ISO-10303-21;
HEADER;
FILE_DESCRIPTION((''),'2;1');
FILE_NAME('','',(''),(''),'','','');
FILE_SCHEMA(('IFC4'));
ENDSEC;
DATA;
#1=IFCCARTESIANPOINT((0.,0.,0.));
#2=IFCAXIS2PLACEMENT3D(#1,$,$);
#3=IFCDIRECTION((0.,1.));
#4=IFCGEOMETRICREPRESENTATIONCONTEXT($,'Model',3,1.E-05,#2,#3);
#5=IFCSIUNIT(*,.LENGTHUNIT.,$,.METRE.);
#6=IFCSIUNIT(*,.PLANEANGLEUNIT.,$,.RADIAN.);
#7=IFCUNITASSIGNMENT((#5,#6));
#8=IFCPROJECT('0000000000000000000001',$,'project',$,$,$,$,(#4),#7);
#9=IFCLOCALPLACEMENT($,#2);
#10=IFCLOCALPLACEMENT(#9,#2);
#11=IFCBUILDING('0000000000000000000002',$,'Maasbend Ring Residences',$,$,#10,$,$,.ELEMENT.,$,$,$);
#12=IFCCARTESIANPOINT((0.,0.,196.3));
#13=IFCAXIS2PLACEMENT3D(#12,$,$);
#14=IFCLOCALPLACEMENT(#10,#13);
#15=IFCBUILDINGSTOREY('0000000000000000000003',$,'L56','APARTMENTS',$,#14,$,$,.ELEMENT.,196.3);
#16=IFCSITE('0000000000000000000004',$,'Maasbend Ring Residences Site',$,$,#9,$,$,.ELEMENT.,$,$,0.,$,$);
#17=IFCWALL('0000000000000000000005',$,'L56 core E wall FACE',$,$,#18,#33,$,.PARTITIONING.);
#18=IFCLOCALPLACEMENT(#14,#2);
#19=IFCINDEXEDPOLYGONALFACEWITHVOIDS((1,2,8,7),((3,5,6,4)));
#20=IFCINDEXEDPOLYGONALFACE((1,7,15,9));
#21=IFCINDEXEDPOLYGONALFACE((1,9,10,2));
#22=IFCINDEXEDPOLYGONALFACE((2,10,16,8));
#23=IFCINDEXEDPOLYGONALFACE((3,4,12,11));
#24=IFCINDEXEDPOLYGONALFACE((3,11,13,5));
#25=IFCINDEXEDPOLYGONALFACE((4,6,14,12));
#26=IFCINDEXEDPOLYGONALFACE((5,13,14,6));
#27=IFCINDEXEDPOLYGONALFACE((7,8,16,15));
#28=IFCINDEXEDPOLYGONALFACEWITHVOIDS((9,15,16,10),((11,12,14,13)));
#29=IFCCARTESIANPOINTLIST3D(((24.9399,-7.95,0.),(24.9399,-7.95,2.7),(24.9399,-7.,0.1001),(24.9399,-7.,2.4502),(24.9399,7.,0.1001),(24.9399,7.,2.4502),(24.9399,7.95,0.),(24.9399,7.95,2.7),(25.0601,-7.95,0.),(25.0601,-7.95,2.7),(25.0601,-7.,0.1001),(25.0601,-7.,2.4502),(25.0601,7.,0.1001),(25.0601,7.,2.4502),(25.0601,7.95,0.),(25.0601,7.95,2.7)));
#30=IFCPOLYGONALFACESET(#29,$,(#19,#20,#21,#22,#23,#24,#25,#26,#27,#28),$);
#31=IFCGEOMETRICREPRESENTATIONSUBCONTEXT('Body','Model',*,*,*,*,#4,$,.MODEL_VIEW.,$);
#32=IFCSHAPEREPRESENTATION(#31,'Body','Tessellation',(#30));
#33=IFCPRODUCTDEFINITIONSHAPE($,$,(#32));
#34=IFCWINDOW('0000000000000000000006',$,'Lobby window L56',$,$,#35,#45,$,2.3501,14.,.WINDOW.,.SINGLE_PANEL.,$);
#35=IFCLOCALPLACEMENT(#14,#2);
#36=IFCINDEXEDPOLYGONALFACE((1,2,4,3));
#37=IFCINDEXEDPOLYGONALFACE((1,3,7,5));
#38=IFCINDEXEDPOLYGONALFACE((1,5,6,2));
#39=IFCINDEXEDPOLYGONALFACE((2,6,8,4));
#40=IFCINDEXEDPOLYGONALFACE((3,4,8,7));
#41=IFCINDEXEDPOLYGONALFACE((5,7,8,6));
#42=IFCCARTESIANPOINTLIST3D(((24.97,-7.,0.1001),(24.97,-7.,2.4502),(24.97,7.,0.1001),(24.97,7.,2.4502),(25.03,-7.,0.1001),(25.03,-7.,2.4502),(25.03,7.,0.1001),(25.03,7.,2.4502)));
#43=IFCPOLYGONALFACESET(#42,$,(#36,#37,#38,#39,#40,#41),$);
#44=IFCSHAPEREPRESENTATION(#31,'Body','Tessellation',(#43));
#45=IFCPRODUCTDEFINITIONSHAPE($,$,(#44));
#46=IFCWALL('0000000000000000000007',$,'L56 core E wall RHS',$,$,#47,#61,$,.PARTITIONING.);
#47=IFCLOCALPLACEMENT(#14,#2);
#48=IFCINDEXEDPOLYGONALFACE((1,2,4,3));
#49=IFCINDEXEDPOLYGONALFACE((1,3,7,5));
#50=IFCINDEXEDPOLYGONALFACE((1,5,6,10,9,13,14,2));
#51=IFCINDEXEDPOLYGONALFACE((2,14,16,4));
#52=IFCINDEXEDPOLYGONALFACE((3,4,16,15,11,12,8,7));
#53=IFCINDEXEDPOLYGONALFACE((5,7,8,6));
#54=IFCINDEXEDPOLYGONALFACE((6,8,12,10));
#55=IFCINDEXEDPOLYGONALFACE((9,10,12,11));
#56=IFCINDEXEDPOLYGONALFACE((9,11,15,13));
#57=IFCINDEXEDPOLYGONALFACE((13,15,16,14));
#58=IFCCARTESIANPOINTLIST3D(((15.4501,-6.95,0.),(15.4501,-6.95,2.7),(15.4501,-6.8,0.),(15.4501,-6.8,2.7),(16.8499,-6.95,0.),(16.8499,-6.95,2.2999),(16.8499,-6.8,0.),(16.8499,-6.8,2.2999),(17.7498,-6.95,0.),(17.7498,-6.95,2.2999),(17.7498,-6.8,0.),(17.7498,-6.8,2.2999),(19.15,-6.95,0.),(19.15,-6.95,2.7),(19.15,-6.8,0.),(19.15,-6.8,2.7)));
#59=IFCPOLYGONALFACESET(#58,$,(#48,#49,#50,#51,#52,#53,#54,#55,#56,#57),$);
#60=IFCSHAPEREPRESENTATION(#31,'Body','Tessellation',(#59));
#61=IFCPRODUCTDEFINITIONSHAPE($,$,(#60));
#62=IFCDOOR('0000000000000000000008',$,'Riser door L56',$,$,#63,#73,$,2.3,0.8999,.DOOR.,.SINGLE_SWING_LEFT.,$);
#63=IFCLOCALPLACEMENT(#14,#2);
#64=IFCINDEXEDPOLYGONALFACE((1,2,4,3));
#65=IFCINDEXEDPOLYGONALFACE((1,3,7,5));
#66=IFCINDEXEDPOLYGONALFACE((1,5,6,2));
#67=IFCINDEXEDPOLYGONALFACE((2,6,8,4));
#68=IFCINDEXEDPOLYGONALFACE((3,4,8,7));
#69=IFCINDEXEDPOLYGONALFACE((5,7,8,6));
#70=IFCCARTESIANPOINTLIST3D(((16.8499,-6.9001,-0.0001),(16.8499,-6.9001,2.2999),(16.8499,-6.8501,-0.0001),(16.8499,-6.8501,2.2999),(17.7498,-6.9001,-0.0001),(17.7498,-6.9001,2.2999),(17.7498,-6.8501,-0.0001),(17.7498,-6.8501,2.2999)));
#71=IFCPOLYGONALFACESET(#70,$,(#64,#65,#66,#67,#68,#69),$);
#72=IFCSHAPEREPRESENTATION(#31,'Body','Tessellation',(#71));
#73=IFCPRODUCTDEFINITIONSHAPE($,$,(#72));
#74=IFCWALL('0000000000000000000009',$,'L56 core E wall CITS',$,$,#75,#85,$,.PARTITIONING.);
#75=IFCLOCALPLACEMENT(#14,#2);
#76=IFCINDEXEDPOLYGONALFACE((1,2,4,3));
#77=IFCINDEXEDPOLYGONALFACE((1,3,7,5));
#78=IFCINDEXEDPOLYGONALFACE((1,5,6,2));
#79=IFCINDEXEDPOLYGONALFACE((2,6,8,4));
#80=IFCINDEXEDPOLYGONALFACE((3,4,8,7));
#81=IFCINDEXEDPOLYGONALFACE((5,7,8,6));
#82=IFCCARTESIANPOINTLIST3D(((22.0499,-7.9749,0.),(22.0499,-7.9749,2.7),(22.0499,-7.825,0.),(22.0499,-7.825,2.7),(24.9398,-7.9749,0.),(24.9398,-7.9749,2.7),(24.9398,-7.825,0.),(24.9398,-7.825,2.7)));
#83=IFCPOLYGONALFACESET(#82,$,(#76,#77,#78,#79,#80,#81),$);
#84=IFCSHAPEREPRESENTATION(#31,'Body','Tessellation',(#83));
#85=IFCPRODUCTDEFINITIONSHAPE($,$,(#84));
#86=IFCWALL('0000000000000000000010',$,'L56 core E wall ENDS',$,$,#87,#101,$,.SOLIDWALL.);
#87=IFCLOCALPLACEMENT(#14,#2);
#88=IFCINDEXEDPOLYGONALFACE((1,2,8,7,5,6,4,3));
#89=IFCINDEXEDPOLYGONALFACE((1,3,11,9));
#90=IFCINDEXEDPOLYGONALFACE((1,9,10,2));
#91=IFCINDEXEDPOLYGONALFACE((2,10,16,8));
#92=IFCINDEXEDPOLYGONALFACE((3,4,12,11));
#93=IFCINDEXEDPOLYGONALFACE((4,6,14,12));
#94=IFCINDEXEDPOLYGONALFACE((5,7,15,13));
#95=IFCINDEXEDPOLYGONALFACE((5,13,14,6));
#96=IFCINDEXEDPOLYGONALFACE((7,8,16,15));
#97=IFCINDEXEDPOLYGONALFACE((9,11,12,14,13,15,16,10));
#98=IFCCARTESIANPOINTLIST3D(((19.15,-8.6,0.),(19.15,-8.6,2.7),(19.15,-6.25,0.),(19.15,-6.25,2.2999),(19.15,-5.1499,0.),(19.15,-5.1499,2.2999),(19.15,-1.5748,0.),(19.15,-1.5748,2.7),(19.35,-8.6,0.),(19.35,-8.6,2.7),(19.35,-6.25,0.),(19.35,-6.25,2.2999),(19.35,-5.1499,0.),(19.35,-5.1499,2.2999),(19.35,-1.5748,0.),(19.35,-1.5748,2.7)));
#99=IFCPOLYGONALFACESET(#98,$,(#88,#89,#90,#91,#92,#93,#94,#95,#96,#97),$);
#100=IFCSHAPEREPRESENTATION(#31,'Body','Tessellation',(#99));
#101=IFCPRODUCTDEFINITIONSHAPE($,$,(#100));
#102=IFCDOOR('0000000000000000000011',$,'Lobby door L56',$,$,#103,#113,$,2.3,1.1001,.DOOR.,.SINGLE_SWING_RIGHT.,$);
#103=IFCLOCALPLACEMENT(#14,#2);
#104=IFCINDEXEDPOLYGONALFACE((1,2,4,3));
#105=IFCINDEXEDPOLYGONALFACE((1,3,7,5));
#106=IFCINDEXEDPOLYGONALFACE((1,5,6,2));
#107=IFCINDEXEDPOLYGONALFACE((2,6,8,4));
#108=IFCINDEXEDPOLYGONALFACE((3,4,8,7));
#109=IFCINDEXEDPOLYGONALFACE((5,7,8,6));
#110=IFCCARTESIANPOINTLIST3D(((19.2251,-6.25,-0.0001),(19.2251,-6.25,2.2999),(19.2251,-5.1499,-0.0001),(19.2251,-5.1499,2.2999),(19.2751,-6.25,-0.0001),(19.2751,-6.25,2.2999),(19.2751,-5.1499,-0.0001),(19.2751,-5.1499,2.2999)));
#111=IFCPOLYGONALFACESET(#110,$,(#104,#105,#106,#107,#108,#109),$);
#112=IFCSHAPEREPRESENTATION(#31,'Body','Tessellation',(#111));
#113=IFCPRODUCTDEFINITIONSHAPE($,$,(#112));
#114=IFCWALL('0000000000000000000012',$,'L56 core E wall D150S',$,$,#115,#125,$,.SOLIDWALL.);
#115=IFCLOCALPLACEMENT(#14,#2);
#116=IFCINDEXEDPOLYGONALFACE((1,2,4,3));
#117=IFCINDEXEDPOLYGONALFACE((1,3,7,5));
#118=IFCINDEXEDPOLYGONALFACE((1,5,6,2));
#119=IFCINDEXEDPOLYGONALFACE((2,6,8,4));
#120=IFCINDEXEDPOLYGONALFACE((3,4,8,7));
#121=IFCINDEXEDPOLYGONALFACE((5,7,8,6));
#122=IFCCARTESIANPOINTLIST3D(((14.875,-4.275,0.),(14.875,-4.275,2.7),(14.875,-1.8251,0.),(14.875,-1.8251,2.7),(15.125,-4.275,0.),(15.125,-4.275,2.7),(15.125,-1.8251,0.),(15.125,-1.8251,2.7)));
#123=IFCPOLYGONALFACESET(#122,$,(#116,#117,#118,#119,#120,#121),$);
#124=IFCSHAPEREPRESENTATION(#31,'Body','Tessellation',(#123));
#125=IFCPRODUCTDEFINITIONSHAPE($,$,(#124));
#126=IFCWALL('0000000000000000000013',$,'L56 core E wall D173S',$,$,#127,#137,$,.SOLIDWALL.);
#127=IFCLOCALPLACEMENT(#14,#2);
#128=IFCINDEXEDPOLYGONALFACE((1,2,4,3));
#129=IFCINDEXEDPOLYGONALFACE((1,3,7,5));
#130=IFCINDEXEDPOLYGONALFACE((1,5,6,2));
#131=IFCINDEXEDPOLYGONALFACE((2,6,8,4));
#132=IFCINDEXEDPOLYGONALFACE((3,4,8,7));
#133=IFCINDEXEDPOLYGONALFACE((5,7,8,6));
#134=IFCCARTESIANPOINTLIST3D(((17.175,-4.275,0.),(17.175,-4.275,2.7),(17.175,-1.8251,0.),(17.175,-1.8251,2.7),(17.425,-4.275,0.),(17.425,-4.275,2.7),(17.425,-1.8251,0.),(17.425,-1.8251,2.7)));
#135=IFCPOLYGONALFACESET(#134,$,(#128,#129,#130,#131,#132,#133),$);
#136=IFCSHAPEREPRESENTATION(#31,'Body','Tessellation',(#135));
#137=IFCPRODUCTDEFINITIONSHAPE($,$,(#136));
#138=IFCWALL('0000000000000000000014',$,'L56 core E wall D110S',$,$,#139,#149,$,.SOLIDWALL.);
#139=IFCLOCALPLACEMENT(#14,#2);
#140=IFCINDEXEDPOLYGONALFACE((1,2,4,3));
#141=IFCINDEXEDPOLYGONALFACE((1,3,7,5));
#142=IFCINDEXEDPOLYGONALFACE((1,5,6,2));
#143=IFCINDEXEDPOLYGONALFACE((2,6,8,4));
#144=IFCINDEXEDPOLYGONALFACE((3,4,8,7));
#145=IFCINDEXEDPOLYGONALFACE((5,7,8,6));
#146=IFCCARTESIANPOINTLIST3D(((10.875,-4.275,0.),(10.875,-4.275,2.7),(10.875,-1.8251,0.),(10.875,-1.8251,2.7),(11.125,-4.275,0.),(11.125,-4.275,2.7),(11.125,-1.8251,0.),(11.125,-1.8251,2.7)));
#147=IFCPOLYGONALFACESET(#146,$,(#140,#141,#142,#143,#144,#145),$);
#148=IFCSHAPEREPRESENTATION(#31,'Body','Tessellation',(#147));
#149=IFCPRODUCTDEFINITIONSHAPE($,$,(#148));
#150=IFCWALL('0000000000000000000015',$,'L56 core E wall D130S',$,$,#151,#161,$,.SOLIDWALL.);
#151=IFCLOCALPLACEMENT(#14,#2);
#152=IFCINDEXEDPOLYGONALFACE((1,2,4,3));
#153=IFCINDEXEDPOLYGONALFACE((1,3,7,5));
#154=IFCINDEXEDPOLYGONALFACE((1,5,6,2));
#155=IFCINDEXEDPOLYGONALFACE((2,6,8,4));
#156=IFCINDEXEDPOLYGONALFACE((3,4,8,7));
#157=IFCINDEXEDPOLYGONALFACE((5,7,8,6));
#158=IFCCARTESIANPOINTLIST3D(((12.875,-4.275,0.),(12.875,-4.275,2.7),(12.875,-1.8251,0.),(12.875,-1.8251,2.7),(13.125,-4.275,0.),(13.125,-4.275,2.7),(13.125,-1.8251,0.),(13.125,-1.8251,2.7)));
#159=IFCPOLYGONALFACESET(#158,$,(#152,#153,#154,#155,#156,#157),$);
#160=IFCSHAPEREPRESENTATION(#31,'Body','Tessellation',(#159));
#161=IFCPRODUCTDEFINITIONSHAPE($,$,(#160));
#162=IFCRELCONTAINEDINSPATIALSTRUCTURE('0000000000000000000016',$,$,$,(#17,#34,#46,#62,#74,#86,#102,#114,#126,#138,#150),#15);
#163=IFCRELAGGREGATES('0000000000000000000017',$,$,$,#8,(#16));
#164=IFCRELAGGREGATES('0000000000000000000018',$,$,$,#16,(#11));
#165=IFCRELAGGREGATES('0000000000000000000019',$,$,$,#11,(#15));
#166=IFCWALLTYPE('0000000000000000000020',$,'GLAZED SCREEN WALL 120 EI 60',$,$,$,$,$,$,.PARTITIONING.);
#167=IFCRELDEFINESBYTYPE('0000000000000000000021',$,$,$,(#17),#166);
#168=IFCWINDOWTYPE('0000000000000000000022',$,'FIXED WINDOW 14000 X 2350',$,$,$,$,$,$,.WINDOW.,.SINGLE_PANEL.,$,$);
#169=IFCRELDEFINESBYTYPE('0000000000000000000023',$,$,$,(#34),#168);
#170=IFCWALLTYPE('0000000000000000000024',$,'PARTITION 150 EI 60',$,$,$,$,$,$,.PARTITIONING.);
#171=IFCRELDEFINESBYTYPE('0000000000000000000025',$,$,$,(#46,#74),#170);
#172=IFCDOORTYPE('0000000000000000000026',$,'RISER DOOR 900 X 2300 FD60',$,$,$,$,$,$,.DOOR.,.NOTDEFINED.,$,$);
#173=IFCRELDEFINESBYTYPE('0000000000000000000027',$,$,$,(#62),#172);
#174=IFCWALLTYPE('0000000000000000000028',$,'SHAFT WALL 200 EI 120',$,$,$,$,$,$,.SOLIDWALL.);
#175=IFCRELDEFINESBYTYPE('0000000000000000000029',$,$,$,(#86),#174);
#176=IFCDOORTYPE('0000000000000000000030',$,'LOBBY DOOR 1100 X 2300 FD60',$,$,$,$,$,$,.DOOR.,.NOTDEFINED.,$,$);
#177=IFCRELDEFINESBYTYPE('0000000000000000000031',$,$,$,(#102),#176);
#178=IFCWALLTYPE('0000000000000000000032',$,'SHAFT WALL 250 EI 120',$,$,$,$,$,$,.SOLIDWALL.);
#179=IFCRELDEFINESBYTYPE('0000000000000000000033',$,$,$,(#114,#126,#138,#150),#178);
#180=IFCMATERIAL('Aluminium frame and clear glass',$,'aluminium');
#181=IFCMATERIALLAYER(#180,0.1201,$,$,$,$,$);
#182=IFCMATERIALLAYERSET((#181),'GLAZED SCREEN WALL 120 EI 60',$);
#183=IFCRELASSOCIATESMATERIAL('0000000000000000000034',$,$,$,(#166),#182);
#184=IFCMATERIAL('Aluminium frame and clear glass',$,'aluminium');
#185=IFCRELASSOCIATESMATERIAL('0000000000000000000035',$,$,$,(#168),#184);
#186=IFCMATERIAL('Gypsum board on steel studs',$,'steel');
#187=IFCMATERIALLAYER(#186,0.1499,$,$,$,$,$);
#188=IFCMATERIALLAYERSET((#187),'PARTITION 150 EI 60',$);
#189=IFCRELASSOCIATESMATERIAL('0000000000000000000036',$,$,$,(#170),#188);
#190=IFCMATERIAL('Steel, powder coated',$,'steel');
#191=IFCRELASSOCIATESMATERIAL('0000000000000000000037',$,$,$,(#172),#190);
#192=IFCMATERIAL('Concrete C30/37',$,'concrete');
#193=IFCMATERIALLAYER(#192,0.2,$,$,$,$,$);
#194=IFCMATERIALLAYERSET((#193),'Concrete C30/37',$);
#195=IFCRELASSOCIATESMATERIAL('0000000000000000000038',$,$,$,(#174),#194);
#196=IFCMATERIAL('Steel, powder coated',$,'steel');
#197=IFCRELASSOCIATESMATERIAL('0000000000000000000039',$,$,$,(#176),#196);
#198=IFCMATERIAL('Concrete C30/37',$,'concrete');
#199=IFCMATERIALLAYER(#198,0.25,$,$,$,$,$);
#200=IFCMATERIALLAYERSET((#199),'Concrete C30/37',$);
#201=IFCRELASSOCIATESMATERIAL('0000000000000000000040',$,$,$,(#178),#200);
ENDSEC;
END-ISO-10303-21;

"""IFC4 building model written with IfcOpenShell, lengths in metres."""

from ifc_helpers import new_model, si_unit, direction, frame, frame_2d, origin, place, context, subcontext, project, spatial, rectangle, extrude, material, layer, layer_set, type_object, element, fill, save


model = new_model("IFC4")

# Units and contexts
model_context = context("Model", 3, precision=1e-05, world=origin(), true_north=direction((0.0, 1.0)))
body_context = subcontext(model_context, "Body", "Model", "MODEL_VIEW")
ifc_project = project(units=[si_unit("LENGTHUNIT", "METRE"), si_unit("PLANEANGLEUNIT", "RADIAN")], contexts=[model_context])

# Site, building, storey
site_placement = place(None, origin())
site = spatial("IfcSite", under=ifc_project, at=site_placement, Name="Maasbend Ring Residences Site", CompositionType="ELEMENT", RefElevation=0.0)
building_placement = place(site_placement, origin())
building = spatial("IfcBuilding", under=site, at=building_placement, Name="Maasbend Ring Residences", CompositionType="ELEMENT")
storey_placement = place(building_placement, frame((0.0, 0.0, 196.3)))
storey = spatial("IfcBuildingStorey", under=building, at=storey_placement, Name="L56", Description="APARTMENTS", CompositionType="ELEMENT", Elevation=196.3)

# Wall, opening, window
ifc_material_1 = material(Name="Aluminium frame and clear glass", Category="aluminium")
ifc_layer_1 = layer(ifc_material_1, 0.1201)
ifc_layer_set_1 = layer_set([ifc_layer_1], Name="GLAZED SCREEN WALL 120 EI 60")
wall_type_1 = type_object("IfcWallType", Name="GLAZED SCREEN WALL 120 EI 60", PredefinedType="PARTITIONING", material=ifc_layer_set_1)
wall_1_placement = place(storey_placement, frame((25.0, -7.95, 0.0), z_axis=(0.0, 0.0, 1.0), x_axis=(0.0, 1.0, 0.0)))
wall_1 = element("IfcWall", 1, at=wall_1_placement, inside=storey, type_object=wall_type_1, Name="L56 core E wall FACE", PredefinedType="PARTITIONING", context=body_context, shape_type="SweptSolid", body=[
    extrude(rectangle(XDim=15.8999, YDim=0.1201, at=frame_2d((7.95, 0.0))), origin(), (0.0, 0.0, 1.0), 2.7),
])
opening_1_placement = place(wall_1_placement, frame((0.95, 0.0, 0.1001)))
opening_1 = element("IfcOpeningElement", 2, at=opening_1_placement, cuts=wall_1, PredefinedType="OPENING", context=body_context, shape_type="SweptSolid", body=[
    extrude(rectangle(XDim=14.0, YDim=2.3501, at=frame_2d((7.0, 1.175))), frame((0.0, 0.0701, 0.0), z_axis=(0.0, -1.0, 0.0), x_axis=(1.0, 0.0, 0.0)), (0.0, 0.0, 1.0), 0.1401),
])
ifc_material_2 = material(Name="Aluminium frame and clear glass", Category="aluminium")
window_type = type_object("IfcWindowType", Name="FIXED WINDOW 14000 X 2350", PartitioningType="SINGLE_PANEL", PredefinedType="WINDOW", material=ifc_material_2)
window_placement = place(opening_1_placement, origin())
window = element("IfcWindow", 3, at=window_placement, inside=storey, type_object=window_type, Name="Lobby window L56", OverallHeight=2.3501, OverallWidth=14.0, PartitioningType="SINGLE_PANEL", PredefinedType="WINDOW", context=body_context, shape_type="SweptSolid", body=[
    extrude(rectangle(XDim=14.0, YDim=2.3501, at=frame_2d((7.0, 1.175))), frame((0.0, 0.03, 0.0), z_axis=(0.0, -1.0, 0.0), x_axis=(1.0, 0.0, 0.0)), (0.0, 0.0, 1.0), 0.0601),
])
fill(opening_1, window)

# Wall, opening, door
ifc_material_3 = material(Name="Gypsum board on steel studs", Category="steel")
ifc_layer_2 = layer(ifc_material_3, 0.1499)
ifc_layer_set_2 = layer_set([ifc_layer_2], Name="PARTITION 150 EI 60")
wall_type_2 = type_object("IfcWallType", Name="PARTITION 150 EI 60", PredefinedType="PARTITIONING", material=ifc_layer_set_2)
wall_2_placement = place(storey_placement, frame((15.45, -6.875, 0.0), z_axis=(0.0, 0.0, 1.0), x_axis=(1.0, 0.0, 0.0)))
wall_2 = element("IfcWall", 4, at=wall_2_placement, inside=storey, type_object=wall_type_2, Name="L56 core E wall RHS", PredefinedType="PARTITIONING", context=body_context, shape_type="SweptSolid", body=[
    extrude(rectangle(XDim=3.7, YDim=0.1499, at=frame_2d((1.8501, 0.0))), origin(), (0.0, 0.0, 1.0), 2.7),
])
opening_2_placement = place(wall_2_placement, frame((1.3999, 0.0, 0.0)))
opening_2 = element("IfcOpeningElement", 5, at=opening_2_placement, cuts=wall_2, PredefinedType="OPENING", context=body_context, shape_type="SweptSolid", body=[
    extrude(rectangle(XDim=0.8999, YDim=2.3, at=frame_2d((0.45, 1.1499))), frame((0.0, 0.085, 0.0), z_axis=(0.0, -1.0, 0.0), x_axis=(1.0, 0.0, 0.0)), (0.0, 0.0, 1.0), 0.1699),
])
ifc_material_4 = material(Name="Steel, powder coated", Category="steel")
door_type_1 = type_object("IfcDoorType", Name="RISER DOOR 900 X 2300 FD60", OperationType="NOTDEFINED", PredefinedType="DOOR", material=ifc_material_4)
door_1_placement = place(opening_2_placement, origin())
door_1 = element("IfcDoor", 6, at=door_1_placement, inside=storey, type_object=door_type_1, Name="Riser door L56", OperationType="SINGLE_SWING_LEFT", OverallHeight=2.3, OverallWidth=0.8999, PredefinedType="DOOR", context=body_context, shape_type="SweptSolid", body=[
    extrude(rectangle(XDim=0.8999, YDim=2.3, at=frame_2d((0.45, 1.1499))), frame((0.0, 0.0249, 0.0), z_axis=(0.0, -1.0, 0.0), x_axis=(1.0, 0.0, 0.0)), (0.0, 0.0, 1.0), 0.05),
])
fill(opening_2, door_1)

# Wall
wall_3_placement = place(storey_placement, frame((22.05, -7.8999, 0.0), z_axis=(0.0, 0.0, 1.0), x_axis=(1.0, 0.0, 0.0)))
element("IfcWall", 7, at=wall_3_placement, inside=storey, type_object=wall_type_2, Name="L56 core E wall CITS", PredefinedType="PARTITIONING", context=body_context, shape_type="SweptSolid", body=[
    extrude(rectangle(XDim=2.8899, YDim=0.1499, at=frame_2d((1.4448, 0.0))), origin(), (0.0, 0.0, 1.0), 2.7),
])

# Wall, opening, door
ifc_material_5 = material(Name="Concrete C30/37", Category="concrete")
ifc_layer_3 = layer(ifc_material_5, 0.2)
ifc_layer_set_3 = layer_set([ifc_layer_3], Name="Concrete C30/37")
wall_type_3 = type_object("IfcWallType", Name="SHAFT WALL 200 EI 120", PredefinedType="SOLIDWALL", material=ifc_layer_set_3)
wall_4_placement = place(storey_placement, frame((19.25, -8.6001, 0.0), z_axis=(0.0, 0.0, 1.0), x_axis=(0.0, 1.0, 0.0)))
wall_4 = element("IfcWall", 8, at=wall_4_placement, inside=storey, type_object=wall_type_3, Name="L56 core E wall ENDS", PredefinedType="SOLIDWALL", context=body_context, shape_type="SweptSolid", body=[
    extrude(rectangle(XDim=7.0251, YDim=0.2, at=frame_2d((3.5127, 0.0))), origin(), (0.0, 0.0, 1.0), 2.7),
])
opening_3_placement = place(wall_4_placement, frame((2.3501, 0.0, 0.0)))
opening_3 = element("IfcOpeningElement", 9, at=opening_3_placement, cuts=wall_4, PredefinedType="OPENING", context=body_context, shape_type="SweptSolid", body=[
    extrude(rectangle(XDim=1.1001, YDim=2.3, at=frame_2d((0.55, 1.1499))), frame((0.0, 0.1099, 0.0), z_axis=(0.0, -1.0, 0.0), x_axis=(1.0, 0.0, 0.0)), (0.0, 0.0, 1.0), 0.22),
])
ifc_material_6 = material(Name="Steel, powder coated", Category="steel")
door_type_2 = type_object("IfcDoorType", Name="LOBBY DOOR 1100 X 2300 FD60", OperationType="NOTDEFINED", PredefinedType="DOOR", material=ifc_material_6)
door_2_placement = place(opening_3_placement, origin())
door_2 = element("IfcDoor", 10, at=door_2_placement, inside=storey, type_object=door_type_2, Name="Lobby door L56", OperationType="SINGLE_SWING_RIGHT", OverallHeight=2.3, OverallWidth=1.1001, PredefinedType="DOOR", context=body_context, shape_type="SweptSolid", body=[
    extrude(rectangle(XDim=1.1001, YDim=2.3, at=frame_2d((0.55, 1.1499))), frame((0.0, 0.0249, 0.0), z_axis=(0.0, -1.0, 0.0), x_axis=(1.0, 0.0, 0.0)), (0.0, 0.0, 1.0), 0.05),
])
fill(opening_3, door_2)

# Walls
ifc_material_7 = material(Name="Concrete C30/37", Category="concrete")
ifc_layer_4 = layer(ifc_material_7, 0.25)
ifc_layer_set_4 = layer_set([ifc_layer_4], Name="Concrete C30/37")
wall_type_4 = type_object("IfcWallType", Name="SHAFT WALL 250 EI 120", PredefinedType="SOLIDWALL", material=ifc_layer_set_4)
for number, where, z_axis, x_axis, name in (
    (11, (15.0, -1.825, 0.0), (0.0, 0.0, 1.0), (0.0, -1.0, 0.0), "L56 core E wall D150S"),
    (12, (17.3, -1.825, 0.0), (0.0, 0.0, 1.0), (0.0, -1.0, 0.0), "L56 core E wall D173S"),
    (13, (11.0, -1.825, 0.0), (0.0, 0.0, 1.0), (0.0, -1.0, 0.0), "L56 core E wall D110S"),
    (14, (13.0, -1.825, 0.0), (0.0, 0.0, 1.0), (0.0, -1.0, 0.0), "L56 core E wall D130S"),
):
    element("IfcWall", number, at=place(storey_placement, frame(where, z_axis=z_axis, x_axis=x_axis)), inside=storey, type_object=wall_type_4, Name=name, PredefinedType="SOLIDWALL", context=body_context, shape_type="SweptSolid", body=[
        extrude(rectangle(XDim=2.45, YDim=0.25, at=frame_2d((1.2251, 0.0))), origin(), (0.0, 0.0, 1.0), 2.7),
    ])

save(model, "model.ifc")
